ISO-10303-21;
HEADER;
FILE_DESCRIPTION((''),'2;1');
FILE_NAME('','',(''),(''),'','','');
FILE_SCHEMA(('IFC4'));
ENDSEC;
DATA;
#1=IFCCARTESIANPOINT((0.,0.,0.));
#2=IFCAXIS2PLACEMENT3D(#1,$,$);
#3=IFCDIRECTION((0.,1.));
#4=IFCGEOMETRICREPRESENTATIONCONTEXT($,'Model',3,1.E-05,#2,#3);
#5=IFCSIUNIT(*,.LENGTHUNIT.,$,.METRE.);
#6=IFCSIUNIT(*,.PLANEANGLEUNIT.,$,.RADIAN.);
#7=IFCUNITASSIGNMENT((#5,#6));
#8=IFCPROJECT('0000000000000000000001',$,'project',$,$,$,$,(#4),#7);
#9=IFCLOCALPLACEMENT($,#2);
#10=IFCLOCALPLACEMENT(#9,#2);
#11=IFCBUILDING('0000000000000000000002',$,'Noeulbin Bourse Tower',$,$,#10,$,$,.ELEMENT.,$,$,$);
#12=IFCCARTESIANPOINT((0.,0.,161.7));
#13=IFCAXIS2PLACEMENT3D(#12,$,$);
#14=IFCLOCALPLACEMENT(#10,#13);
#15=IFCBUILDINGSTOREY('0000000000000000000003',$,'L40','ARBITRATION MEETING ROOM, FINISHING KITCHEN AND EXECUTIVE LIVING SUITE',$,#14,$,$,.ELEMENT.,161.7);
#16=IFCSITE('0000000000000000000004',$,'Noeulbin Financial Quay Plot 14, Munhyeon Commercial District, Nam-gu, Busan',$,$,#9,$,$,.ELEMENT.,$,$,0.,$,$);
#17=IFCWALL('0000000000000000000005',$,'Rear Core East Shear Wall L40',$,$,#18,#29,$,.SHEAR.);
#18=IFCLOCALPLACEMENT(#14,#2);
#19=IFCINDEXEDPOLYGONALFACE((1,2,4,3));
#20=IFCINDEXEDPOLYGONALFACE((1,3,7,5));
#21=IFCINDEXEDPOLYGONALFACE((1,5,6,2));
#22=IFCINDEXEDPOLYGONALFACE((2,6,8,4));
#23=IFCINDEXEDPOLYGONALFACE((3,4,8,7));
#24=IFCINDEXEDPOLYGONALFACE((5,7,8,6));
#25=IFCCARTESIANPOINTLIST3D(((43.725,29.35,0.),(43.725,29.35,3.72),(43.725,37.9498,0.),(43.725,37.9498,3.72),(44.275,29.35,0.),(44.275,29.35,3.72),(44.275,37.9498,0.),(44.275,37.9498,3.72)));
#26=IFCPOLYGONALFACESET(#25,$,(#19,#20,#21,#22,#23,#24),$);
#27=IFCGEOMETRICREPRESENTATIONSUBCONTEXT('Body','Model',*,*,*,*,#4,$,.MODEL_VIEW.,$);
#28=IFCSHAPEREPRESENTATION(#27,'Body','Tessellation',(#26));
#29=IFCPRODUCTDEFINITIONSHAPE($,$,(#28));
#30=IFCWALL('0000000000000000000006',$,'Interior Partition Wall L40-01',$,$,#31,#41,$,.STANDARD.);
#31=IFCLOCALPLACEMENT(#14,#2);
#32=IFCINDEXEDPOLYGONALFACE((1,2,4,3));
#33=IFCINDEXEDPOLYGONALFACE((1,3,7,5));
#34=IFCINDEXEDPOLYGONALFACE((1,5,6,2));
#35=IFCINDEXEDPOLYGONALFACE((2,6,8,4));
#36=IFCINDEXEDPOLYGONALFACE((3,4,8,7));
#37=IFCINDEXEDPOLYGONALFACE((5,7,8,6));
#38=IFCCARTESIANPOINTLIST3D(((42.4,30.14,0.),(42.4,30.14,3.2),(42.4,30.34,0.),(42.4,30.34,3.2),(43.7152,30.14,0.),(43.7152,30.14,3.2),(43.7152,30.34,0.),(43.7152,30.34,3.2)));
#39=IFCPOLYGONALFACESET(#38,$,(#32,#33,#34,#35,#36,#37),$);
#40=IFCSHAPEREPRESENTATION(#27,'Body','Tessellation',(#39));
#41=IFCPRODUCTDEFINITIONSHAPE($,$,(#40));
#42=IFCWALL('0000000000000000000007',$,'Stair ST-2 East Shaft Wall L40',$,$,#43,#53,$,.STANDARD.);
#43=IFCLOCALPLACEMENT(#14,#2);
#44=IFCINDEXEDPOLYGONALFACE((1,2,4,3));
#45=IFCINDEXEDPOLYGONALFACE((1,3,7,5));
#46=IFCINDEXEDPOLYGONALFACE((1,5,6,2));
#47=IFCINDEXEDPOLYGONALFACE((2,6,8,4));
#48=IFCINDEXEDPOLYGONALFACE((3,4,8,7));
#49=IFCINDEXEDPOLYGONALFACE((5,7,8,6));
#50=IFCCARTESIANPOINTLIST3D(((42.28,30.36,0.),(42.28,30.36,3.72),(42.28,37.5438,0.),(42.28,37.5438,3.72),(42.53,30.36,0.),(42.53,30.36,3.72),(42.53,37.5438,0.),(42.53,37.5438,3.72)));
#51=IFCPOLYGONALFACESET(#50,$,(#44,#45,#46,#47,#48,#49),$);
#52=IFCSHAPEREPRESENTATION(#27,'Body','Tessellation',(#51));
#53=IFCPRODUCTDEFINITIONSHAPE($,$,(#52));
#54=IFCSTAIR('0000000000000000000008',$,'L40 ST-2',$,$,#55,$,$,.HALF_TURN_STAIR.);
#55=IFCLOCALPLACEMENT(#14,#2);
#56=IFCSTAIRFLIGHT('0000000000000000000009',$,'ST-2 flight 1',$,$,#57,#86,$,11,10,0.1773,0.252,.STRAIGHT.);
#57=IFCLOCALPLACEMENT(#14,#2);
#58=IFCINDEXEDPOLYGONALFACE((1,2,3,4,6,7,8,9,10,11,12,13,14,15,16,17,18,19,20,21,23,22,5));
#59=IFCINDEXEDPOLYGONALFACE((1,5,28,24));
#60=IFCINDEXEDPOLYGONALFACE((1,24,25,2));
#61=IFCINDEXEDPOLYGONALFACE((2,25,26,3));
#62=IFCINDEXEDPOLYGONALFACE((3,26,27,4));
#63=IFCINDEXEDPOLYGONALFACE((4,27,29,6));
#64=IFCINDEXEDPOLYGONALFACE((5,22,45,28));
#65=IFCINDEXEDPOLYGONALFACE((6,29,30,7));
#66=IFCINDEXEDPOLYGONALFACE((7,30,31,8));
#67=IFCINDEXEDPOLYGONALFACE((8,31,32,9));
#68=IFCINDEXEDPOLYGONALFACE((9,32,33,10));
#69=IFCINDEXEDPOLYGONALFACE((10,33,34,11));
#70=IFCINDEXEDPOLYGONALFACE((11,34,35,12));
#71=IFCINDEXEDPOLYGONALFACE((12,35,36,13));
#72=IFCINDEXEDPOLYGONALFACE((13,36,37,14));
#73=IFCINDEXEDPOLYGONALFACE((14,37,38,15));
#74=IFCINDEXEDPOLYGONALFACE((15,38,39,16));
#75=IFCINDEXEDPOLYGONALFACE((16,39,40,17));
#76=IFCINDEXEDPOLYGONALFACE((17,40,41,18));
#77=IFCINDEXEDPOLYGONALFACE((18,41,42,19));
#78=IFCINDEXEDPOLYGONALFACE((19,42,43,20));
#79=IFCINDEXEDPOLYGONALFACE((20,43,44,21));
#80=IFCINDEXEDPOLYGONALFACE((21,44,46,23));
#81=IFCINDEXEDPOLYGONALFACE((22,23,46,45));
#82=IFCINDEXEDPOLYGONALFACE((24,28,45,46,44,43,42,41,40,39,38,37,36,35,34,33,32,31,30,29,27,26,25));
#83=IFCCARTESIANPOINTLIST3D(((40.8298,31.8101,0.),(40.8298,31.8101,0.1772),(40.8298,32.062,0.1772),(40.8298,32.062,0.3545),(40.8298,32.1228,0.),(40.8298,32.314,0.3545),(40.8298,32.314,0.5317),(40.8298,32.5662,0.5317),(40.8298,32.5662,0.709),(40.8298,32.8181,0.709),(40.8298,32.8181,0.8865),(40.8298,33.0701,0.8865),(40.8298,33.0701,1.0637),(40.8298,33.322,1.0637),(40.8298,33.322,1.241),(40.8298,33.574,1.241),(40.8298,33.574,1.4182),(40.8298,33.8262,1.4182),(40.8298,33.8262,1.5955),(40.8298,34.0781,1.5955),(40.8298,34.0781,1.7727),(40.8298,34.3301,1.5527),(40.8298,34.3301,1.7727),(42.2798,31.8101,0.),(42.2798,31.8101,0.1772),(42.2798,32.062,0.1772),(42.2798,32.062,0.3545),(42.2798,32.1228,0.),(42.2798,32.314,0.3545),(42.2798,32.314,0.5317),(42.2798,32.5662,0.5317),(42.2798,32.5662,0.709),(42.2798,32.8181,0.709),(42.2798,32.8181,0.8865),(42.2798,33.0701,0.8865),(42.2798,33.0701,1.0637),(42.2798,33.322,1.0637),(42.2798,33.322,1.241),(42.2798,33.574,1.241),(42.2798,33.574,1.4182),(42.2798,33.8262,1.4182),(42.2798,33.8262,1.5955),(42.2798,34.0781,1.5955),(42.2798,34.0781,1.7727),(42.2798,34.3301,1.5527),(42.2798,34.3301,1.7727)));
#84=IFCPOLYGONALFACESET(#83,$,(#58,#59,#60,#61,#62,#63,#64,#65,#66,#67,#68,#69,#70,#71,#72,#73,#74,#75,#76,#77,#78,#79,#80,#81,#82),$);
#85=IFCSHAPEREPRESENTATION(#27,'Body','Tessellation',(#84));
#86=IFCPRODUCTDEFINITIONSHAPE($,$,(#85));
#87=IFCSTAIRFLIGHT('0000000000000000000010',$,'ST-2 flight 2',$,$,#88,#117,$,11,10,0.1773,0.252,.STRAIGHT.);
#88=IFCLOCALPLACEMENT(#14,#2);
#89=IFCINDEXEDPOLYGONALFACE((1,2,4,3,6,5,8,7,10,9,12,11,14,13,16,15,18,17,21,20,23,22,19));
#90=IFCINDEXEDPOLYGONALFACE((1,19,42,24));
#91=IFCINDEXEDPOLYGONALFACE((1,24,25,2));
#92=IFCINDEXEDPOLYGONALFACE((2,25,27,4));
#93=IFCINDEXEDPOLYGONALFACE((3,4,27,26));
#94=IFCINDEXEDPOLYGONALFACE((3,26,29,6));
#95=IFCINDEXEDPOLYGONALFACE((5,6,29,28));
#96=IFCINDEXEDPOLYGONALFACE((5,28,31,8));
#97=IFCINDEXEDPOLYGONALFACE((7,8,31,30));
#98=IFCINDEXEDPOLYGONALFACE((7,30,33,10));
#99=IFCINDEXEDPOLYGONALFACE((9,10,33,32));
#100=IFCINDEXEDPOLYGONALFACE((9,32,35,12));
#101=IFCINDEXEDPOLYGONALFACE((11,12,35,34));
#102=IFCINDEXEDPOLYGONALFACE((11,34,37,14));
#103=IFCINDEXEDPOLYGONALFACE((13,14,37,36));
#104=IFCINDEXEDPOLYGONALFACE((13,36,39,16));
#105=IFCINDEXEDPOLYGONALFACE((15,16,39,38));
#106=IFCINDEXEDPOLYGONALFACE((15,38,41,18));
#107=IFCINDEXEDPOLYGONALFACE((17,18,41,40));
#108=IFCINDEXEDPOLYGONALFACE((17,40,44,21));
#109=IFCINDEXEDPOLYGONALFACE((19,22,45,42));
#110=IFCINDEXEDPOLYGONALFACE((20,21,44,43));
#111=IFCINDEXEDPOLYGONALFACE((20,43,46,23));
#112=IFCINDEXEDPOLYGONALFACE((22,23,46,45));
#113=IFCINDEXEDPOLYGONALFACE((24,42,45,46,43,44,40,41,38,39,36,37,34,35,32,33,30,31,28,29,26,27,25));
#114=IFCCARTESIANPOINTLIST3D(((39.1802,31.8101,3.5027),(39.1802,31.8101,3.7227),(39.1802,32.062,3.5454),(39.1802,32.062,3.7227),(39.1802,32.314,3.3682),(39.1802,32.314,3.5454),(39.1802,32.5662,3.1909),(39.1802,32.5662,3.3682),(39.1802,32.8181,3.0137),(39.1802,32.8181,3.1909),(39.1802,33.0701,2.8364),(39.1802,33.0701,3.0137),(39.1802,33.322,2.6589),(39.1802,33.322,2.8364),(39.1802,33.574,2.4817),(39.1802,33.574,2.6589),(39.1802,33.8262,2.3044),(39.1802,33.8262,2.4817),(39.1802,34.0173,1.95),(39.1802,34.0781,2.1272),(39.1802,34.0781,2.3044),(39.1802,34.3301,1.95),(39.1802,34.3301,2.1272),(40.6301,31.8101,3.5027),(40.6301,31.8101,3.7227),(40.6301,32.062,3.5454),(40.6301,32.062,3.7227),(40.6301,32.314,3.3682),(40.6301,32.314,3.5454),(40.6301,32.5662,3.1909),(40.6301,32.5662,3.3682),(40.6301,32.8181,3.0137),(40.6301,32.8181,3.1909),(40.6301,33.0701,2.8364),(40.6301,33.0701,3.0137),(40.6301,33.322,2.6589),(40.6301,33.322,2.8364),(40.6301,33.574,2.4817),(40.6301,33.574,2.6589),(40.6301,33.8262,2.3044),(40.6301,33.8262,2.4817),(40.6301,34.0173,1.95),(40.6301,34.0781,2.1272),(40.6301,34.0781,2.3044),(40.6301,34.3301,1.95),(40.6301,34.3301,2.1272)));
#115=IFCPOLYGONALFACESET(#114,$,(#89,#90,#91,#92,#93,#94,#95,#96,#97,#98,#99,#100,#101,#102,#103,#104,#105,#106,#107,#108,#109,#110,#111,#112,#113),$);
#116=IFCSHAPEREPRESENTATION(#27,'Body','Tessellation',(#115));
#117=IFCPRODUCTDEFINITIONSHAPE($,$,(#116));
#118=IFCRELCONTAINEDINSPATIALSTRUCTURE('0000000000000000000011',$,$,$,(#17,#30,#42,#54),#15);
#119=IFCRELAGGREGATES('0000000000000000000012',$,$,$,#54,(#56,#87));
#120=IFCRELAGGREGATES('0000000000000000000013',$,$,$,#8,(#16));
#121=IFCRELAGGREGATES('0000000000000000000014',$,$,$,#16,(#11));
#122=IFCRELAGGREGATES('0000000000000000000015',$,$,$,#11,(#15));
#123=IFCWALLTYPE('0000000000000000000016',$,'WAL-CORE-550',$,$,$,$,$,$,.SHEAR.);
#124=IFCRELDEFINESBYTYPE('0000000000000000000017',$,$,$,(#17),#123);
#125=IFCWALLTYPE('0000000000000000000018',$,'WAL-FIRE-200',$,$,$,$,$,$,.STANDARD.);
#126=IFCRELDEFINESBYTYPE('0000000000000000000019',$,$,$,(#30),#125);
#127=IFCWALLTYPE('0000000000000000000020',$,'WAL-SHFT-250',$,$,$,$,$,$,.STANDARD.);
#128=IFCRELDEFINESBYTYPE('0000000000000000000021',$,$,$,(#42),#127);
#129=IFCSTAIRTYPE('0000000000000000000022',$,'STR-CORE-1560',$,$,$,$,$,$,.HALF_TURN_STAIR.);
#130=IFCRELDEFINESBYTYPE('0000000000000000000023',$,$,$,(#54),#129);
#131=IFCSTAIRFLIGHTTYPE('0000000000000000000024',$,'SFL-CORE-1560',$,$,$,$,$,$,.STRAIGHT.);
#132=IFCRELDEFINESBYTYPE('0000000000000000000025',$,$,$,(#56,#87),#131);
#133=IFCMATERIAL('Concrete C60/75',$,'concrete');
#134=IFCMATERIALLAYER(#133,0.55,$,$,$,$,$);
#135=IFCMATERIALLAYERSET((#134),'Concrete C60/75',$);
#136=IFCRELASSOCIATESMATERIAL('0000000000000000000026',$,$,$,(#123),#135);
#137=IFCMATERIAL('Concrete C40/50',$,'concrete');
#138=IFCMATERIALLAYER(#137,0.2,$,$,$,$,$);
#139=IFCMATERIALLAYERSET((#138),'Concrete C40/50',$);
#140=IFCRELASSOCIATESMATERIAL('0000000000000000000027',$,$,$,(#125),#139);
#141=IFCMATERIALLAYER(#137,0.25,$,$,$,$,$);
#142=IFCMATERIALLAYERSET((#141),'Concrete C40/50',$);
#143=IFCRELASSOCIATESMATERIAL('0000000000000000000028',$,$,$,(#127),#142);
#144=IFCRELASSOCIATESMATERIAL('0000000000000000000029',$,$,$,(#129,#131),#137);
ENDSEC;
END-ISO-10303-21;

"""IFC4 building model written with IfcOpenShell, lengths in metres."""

from ifc_helpers import new_model, si_unit, direction, frame, frame_2d, origin, place, context, subcontext, project, spatial, polyline, rectangle, outline, extrude, material, layer, layer_set, type_object, element, aggregate, save


model = new_model("IFC4")

# Units and contexts
model_context = context("Model", 3, precision=1e-05, world=origin(), true_north=direction((0.0, 1.0)))
body_context = subcontext(model_context, "Body", "Model", "MODEL_VIEW")
ifc_project = project(units=[si_unit("LENGTHUNIT", "METRE"), si_unit("PLANEANGLEUNIT", "RADIAN")], contexts=[model_context])

# Site, building, storey
site_placement = place(None, origin())
site = spatial("IfcSite", under=ifc_project, at=site_placement, Name="Noeulbin Financial Quay Plot 14, Munhyeon Commercial District, Nam-gu, Busan", CompositionType="ELEMENT", RefElevation=0.0)
building_placement = place(site_placement, origin())
building = spatial("IfcBuilding", under=site, at=building_placement, Name="Noeulbin Bourse Tower", CompositionType="ELEMENT")
storey_placement = place(building_placement, frame((0.0, 0.0, 161.7)))
storey = spatial("IfcBuildingStorey", under=building, at=storey_placement, Name="L40", Description="ARBITRATION MEETING ROOM, FINISHING KITCHEN AND EXECUTIVE LIVING SUITE", CompositionType="ELEMENT", Elevation=161.7)

# Walls
ifc_material_1 = material(Name="Concrete C60/75", Category="concrete")
ifc_layer_1 = layer(ifc_material_1, 0.55)
ifc_layer_set_1 = layer_set([ifc_layer_1], Name="Concrete C60/75")
wall_type_1 = type_object("IfcWallType", Name="WAL-CORE-550", PredefinedType="SHEAR", material=ifc_layer_set_1)
wall_1_placement = place(storey_placement, frame((44.0, 29.3501, 0.0), z_axis=(0.0, 0.0, 1.0), x_axis=(0.0, 1.0, 0.0)))
element("IfcWall", 1, at=wall_1_placement, inside=storey, type_object=wall_type_1, Name="Rear Core East Shear Wall L40", PredefinedType="SHEAR", context=body_context, shape_type="SweptSolid", body=[
    extrude(rectangle(XDim=8.5999, YDim=0.55, at=frame_2d((4.2998, 0.0))), origin(), (0.0, 0.0, 1.0), 3.72),
])
ifc_material_2 = material(Name="Concrete C40/50", Category="concrete")
ifc_layer_2 = layer(ifc_material_2, 0.2)
ifc_layer_set_2 = layer_set([ifc_layer_2], Name="Concrete C40/50")
wall_type_2 = type_object("IfcWallType", Name="WAL-FIRE-200", PredefinedType="STANDARD", material=ifc_layer_set_2)
wall_2_placement = place(storey_placement, frame((42.3999, 30.24, 0.0), z_axis=(0.0, 0.0, 1.0), x_axis=(1.0, 0.0, 0.0)))
element("IfcWall", 2, at=wall_2_placement, inside=storey, type_object=wall_type_2, Name="Interior Partition Wall L40-01", PredefinedType="STANDARD", context=body_context, shape_type="SweptSolid", body=[
    extrude(rectangle(XDim=1.3152, YDim=0.2, at=frame_2d((0.6577, 0.0))), origin(), (0.0, 0.0, 1.0), 3.2),
])
ifc_layer_3 = layer(ifc_material_2, 0.25)
ifc_layer_set_3 = layer_set([ifc_layer_3], Name="Concrete C40/50")
wall_type_3 = type_object("IfcWallType", Name="WAL-SHFT-250", PredefinedType="STANDARD", material=ifc_layer_set_3)
wall_3_placement = place(storey_placement, frame((42.405, 30.3601, 0.0), z_axis=(0.0, 0.0, 1.0), x_axis=(0.0, 1.0, 0.0)))
element("IfcWall", 3, at=wall_3_placement, inside=storey, type_object=wall_type_3, Name="Stair ST-2 East Shaft Wall L40", PredefinedType="STANDARD", context=body_context, shape_type="SweptSolid", body=[
    extrude(rectangle(XDim=7.1838, YDim=0.25, at=frame_2d((3.5918, 0.0))), origin(), (0.0, 0.0, 1.0), 3.72),
])

# Stair, stair flights
stair_type = type_object("IfcStairType", Name="STR-CORE-1560", PredefinedType="HALF_TURN_STAIR", material=ifc_material_2)
stair_placement = place(storey_placement, origin())
stair = element("IfcStair", 4, at=stair_placement, inside=storey, type_object=stair_type, Name="L40 ST-2", PredefinedType="HALF_TURN_STAIR")
stair_flight_type = type_object("IfcStairFlightType", Name="SFL-CORE-1560", PredefinedType="STRAIGHT", material=ifc_material_2)
stair_flight_1_placement = place(storey_placement, frame((41.5549, 31.8101, 0.0), z_axis=(0.0, 0.0, 1.0), x_axis=(0.0, 1.0, 0.0)))
stair_flight_1 = element("IfcStairFlight", 5, at=stair_flight_1_placement, type_object=stair_flight_type, Name="ST-2 flight 1", NumberOfRisers=11, NumberOfTreads=10, PredefinedType="STRAIGHT", RiserHeight=0.1773, TreadLength=0.252, context=body_context, shape_type="SweptSolid", body=[
    extrude(outline(polyline([(0.0, 0.0), (0.0, 0.1772), (0.252, 0.1772), (0.252, 0.3545), (0.5039, 0.3545), (0.5039, 0.5317), (0.7561, 0.5317), (0.7561, 0.709), (1.0081, 0.709), (1.0081, 0.8865), (1.26, 0.8865), (1.26, 1.0637), (1.512, 1.0637), (1.512, 1.241), (1.7639, 1.241), (1.7639, 1.4182), (2.0161, 1.4182), (2.0161, 1.5955), (2.2681, 1.5955), (2.2681, 1.7727), (2.52, 1.7727), (2.52, 1.95), (2.52, 1.5527), (0.3127, 0.0), (0.0, 0.0)])), frame((0.0, 0.7251, 0.0), z_axis=(0.0, -1.0, 0.0), x_axis=(1.0, 0.0, 0.0)), (0.0, 0.0, 1.0), 1.45),
])
stair_flight_2_placement = place(storey_placement, frame((39.905, 34.3301, 1.95), z_axis=(0.0, 0.0, 1.0), x_axis=(0.0, -1.0, 0.0)))
stair_flight_2 = element("IfcStairFlight", 6, at=stair_flight_2_placement, type_object=stair_flight_type, Name="ST-2 flight 2", NumberOfRisers=11, NumberOfTreads=10, PredefinedType="STRAIGHT", RiserHeight=0.1773, TreadLength=0.252, context=body_context, shape_type="SweptSolid", body=[
    extrude(outline(polyline([(0.0, 0.0), (0.0, 0.1772), (0.252, 0.1772), (0.252, 0.3545), (0.5039, 0.3545), (0.5039, 0.5317), (0.7561, 0.5317), (0.7561, 0.709), (1.0081, 0.709), (1.0081, 0.8865), (1.26, 0.8865), (1.26, 1.0637), (1.512, 1.0637), (1.512, 1.241), (1.7639, 1.241), (1.7639, 1.4182), (2.0161, 1.4182), (2.0161, 1.5955), (2.2681, 1.5955), (2.2681, 1.7727), (2.52, 1.7727), (2.52, 1.95), (2.52, 1.5527), (0.3127, 0.0), (0.0, 0.0)])), frame((0.0, 0.7251, 0.0), z_axis=(0.0, -1.0, 0.0), x_axis=(1.0, 0.0, 0.0)), (0.0, 0.0, 1.0), 1.45),
])
aggregate(stair, [stair_flight_1, stair_flight_2])

save(model, "model.ifc")
